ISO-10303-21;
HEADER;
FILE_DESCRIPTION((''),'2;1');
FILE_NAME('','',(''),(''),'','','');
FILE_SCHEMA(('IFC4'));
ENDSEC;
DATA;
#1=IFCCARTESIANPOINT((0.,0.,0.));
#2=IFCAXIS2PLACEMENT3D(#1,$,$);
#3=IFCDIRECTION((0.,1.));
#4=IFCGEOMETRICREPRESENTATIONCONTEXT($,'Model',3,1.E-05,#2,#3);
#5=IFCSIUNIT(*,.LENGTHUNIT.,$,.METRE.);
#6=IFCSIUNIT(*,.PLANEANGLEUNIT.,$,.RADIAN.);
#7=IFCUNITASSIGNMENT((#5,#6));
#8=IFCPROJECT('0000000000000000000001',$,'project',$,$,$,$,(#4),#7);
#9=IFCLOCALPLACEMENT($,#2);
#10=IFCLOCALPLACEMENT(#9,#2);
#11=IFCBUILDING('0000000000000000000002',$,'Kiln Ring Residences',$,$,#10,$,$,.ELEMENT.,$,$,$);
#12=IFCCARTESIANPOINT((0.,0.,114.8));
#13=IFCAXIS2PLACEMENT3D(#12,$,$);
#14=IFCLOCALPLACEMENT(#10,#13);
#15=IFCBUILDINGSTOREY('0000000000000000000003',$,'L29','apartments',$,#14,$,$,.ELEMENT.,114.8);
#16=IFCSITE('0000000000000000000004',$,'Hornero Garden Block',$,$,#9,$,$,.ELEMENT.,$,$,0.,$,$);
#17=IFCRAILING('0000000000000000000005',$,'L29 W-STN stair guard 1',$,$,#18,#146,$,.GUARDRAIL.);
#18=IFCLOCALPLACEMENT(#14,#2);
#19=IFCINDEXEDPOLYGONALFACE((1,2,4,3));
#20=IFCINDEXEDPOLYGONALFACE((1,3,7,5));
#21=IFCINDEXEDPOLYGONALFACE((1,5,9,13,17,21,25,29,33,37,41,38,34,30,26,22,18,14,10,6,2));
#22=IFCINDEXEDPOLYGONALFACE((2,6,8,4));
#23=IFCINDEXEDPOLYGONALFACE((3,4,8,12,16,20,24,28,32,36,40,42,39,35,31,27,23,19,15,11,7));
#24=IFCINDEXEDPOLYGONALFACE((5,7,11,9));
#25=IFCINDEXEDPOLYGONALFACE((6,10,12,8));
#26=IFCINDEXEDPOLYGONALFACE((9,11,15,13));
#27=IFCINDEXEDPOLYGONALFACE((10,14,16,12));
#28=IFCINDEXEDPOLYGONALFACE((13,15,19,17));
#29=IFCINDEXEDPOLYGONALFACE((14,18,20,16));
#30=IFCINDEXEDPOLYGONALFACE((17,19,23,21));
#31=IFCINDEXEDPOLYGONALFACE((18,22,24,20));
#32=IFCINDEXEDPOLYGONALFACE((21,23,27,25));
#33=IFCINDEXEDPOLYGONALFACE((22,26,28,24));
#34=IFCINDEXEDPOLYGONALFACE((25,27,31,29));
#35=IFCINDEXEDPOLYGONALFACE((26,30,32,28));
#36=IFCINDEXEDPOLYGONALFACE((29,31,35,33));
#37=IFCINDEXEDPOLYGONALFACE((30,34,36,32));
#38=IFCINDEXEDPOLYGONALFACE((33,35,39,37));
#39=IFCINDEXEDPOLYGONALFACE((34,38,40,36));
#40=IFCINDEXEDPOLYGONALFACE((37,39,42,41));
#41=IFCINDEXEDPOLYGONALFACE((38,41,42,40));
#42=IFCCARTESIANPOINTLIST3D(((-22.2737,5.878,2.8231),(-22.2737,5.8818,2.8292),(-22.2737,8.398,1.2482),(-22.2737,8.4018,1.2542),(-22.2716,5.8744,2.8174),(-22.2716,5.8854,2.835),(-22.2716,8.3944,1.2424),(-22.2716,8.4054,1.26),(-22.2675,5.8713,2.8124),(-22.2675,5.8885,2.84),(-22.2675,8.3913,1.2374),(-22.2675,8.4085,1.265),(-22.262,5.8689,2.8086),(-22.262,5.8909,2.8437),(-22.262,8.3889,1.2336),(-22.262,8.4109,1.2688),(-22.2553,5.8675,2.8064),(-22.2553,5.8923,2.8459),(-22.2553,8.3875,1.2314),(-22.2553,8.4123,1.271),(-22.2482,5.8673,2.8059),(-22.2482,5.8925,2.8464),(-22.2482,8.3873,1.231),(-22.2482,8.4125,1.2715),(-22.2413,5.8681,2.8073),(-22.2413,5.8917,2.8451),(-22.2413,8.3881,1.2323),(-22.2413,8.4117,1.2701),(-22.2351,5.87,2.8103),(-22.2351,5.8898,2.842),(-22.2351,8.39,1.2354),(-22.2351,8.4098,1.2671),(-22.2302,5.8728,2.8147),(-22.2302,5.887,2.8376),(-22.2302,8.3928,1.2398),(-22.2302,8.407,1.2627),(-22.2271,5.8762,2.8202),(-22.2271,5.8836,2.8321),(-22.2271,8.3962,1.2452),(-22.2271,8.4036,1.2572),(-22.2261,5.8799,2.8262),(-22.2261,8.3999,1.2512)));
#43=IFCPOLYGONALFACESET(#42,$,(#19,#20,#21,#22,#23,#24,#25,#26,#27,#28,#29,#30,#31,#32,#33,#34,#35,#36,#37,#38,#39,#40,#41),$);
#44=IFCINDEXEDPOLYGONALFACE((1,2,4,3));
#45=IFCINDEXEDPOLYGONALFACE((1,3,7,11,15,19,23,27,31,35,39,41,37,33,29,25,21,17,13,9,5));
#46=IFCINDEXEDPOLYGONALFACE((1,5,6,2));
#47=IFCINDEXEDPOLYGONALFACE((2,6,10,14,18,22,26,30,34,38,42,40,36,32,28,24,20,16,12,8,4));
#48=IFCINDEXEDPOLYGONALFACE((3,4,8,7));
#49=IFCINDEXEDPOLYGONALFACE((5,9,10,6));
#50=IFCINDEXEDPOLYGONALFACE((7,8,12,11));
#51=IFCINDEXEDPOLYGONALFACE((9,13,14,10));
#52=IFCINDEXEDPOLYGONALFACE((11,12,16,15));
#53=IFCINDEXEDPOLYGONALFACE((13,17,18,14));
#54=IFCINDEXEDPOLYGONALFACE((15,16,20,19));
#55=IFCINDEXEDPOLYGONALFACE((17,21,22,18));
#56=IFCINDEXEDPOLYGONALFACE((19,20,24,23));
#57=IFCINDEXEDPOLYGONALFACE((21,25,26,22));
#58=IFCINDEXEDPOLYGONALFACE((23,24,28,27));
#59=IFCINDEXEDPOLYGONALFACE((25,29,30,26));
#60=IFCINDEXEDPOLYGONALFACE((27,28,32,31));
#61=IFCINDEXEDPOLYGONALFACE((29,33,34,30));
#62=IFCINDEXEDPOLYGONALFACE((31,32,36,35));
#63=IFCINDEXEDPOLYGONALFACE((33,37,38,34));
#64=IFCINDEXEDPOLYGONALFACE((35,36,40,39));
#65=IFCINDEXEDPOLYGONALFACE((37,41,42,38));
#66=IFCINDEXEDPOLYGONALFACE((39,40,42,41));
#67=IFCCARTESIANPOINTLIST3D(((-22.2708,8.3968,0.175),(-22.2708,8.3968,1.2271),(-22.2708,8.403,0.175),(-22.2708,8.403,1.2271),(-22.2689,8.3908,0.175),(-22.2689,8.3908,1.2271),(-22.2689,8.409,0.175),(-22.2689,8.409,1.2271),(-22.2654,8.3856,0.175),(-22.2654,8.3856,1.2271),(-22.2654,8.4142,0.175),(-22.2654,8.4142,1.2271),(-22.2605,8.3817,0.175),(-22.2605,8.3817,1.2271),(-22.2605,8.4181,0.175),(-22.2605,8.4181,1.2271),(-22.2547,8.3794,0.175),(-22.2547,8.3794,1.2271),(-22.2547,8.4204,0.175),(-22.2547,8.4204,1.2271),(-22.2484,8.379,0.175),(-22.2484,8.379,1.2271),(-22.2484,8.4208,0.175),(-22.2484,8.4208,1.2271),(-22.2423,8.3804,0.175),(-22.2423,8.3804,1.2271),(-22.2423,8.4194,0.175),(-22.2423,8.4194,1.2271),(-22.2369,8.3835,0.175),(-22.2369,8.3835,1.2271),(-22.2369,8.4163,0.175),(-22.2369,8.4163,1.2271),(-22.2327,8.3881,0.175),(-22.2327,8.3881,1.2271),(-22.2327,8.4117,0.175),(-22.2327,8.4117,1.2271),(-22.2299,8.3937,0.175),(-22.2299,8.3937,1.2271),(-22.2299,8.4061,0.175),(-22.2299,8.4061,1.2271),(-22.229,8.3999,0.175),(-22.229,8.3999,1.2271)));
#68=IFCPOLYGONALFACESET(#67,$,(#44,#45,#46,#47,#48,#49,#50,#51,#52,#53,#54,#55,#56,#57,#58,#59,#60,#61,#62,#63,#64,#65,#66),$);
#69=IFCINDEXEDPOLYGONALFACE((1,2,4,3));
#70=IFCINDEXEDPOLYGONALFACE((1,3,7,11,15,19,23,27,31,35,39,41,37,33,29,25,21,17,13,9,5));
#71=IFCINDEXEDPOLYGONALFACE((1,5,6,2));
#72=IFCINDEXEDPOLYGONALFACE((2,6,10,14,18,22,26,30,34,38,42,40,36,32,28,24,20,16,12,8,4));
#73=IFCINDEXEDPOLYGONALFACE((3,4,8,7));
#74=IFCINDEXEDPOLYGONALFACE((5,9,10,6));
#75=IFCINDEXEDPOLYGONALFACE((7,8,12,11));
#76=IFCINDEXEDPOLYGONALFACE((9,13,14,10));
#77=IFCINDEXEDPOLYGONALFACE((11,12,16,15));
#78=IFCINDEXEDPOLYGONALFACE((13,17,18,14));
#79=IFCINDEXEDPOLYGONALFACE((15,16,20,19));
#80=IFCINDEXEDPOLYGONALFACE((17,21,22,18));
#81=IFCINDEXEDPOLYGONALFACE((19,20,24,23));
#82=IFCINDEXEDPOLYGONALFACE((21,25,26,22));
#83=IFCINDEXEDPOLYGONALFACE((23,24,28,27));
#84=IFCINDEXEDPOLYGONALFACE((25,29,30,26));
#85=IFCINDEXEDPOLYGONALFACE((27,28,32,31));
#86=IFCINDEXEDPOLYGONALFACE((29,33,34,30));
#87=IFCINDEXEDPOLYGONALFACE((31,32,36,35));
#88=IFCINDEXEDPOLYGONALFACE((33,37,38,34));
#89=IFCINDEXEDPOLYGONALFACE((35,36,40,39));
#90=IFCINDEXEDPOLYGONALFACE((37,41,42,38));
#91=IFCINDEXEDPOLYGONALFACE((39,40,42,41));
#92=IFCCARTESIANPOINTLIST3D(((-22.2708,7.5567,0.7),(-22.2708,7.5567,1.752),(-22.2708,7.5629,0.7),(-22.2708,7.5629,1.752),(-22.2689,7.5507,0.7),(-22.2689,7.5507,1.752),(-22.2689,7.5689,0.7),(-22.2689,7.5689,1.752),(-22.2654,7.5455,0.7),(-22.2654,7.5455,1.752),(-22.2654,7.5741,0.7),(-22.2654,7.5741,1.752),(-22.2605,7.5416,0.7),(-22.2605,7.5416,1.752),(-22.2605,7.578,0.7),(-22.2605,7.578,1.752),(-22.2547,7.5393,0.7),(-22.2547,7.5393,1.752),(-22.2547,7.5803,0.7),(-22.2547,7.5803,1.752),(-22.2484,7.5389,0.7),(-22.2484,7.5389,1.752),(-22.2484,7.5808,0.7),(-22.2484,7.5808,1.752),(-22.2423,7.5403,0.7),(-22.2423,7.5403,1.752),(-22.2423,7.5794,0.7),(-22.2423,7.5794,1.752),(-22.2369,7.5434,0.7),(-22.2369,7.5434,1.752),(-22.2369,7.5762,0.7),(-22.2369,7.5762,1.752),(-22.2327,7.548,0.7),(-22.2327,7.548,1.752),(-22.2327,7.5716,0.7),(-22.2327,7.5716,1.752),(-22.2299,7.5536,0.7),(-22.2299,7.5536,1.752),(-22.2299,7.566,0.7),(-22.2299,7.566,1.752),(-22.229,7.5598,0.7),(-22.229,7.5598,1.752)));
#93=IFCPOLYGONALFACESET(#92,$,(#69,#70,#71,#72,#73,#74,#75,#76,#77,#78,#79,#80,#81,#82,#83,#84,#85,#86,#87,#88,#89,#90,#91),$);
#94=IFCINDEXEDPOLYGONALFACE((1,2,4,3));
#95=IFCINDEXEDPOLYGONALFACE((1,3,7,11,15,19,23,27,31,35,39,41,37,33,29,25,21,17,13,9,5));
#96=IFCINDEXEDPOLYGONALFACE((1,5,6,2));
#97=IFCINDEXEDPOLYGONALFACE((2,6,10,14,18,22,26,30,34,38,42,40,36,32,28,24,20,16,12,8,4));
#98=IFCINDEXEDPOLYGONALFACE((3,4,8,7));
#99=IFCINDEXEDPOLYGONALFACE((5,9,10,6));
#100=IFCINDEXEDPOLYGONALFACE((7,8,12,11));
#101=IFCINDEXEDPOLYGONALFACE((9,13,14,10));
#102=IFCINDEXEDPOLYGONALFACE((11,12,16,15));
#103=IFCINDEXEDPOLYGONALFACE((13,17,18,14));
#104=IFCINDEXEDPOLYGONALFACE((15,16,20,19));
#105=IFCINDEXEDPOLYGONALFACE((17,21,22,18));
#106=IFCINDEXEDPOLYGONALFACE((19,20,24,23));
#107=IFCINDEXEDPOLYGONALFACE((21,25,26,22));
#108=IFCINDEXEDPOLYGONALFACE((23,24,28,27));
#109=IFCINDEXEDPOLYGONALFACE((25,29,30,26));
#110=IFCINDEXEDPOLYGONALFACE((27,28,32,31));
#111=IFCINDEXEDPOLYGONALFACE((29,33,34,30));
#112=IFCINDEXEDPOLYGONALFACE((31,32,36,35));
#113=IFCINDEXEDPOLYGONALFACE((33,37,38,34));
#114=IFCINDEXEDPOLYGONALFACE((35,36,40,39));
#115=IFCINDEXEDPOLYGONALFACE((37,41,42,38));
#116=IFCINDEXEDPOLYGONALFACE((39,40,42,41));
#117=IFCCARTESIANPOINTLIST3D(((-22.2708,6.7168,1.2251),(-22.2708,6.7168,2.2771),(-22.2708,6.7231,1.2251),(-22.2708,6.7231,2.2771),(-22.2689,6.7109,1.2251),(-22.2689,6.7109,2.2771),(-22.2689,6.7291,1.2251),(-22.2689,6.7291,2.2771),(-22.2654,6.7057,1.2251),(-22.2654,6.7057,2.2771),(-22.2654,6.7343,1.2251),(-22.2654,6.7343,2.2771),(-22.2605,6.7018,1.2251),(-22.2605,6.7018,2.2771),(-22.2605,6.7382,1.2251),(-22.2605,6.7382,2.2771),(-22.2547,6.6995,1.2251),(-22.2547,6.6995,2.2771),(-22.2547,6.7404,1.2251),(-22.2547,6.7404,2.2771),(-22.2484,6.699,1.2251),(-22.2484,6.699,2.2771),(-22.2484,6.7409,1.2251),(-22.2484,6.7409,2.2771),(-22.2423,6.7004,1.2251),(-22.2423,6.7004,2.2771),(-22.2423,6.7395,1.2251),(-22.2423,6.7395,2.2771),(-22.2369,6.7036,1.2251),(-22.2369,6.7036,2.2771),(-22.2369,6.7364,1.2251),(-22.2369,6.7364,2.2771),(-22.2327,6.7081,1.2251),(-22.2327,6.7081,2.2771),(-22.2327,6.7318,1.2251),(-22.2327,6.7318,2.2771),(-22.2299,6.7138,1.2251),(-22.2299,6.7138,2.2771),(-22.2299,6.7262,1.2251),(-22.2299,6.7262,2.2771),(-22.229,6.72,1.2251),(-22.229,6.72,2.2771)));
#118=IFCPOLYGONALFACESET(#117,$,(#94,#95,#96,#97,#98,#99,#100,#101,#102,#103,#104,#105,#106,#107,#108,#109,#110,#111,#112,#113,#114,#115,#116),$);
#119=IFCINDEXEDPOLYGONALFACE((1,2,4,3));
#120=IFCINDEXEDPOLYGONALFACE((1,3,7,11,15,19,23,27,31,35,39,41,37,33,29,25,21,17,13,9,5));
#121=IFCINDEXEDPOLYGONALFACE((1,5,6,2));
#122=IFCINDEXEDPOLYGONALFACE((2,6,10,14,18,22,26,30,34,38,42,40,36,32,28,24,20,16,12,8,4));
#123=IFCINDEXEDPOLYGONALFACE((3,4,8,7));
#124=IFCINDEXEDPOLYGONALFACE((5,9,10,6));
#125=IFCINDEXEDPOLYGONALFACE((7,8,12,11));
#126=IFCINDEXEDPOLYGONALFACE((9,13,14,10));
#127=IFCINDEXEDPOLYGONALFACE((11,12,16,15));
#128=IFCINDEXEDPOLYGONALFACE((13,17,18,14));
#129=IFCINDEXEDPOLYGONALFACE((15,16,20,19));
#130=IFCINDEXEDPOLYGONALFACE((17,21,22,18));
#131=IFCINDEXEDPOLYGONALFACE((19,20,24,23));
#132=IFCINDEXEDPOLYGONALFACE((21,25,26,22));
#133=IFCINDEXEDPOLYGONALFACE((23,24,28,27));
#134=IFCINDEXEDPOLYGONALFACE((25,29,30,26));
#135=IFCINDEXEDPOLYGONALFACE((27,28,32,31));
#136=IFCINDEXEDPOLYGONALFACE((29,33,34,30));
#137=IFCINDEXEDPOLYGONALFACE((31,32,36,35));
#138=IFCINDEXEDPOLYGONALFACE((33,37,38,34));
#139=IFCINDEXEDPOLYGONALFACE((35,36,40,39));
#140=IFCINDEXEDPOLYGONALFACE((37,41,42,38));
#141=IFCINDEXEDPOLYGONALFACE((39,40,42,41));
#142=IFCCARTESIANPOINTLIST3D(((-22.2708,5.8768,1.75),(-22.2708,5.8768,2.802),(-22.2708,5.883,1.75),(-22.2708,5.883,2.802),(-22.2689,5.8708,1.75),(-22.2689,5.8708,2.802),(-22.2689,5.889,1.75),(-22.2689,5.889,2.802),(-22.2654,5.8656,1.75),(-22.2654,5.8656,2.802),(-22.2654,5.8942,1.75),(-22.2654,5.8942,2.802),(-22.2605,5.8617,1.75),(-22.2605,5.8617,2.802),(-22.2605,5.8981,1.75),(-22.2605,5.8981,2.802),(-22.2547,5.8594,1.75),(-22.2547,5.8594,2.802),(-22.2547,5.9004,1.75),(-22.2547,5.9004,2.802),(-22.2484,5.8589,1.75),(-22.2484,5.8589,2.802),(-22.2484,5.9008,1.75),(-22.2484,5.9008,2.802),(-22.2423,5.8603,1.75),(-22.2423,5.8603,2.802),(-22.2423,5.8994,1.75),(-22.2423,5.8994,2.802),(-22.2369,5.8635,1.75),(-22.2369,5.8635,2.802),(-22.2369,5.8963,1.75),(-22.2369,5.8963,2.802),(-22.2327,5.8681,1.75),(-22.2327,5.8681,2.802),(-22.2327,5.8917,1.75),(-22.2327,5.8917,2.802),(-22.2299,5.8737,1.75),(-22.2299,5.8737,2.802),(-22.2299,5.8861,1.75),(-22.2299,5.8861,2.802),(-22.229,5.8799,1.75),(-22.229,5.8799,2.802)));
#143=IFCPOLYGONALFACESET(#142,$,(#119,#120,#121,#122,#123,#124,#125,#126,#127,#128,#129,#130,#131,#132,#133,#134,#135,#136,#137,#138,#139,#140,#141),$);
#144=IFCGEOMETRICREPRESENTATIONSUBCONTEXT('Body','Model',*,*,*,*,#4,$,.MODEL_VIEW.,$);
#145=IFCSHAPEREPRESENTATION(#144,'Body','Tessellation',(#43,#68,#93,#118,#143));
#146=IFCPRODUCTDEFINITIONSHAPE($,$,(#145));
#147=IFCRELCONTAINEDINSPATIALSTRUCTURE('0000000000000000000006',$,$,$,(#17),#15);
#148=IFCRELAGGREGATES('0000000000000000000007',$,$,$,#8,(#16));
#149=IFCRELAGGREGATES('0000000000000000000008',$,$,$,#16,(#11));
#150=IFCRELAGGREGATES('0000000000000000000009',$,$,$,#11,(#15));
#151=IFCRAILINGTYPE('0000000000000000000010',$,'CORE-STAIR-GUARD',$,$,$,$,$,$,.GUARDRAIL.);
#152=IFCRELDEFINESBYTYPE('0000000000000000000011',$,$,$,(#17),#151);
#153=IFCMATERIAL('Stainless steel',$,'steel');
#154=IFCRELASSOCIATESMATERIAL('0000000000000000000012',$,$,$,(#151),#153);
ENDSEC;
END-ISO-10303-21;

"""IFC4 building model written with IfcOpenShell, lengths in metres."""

from ifc_helpers import new_model, si_unit, direction, frame, origin, origin_2d, place, context, subcontext, project, spatial, circle, extrude, material, type_object, element, save


model = new_model("IFC4")

# Units and contexts
model_context = context("Model", 3, precision=1e-05, world=origin(), true_north=direction((0.0, 1.0)))
body_context = subcontext(model_context, "Body", "Model", "MODEL_VIEW")
ifc_project = project(units=[si_unit("LENGTHUNIT", "METRE"), si_unit("PLANEANGLEUNIT", "RADIAN")], contexts=[model_context])

# Site, building, storey
site_placement = place(None, origin())
site = spatial("IfcSite", under=ifc_project, at=site_placement, Name="Hornero Garden Block", CompositionType="ELEMENT", RefElevation=0.0)
building_placement = place(site_placement, origin())
building = spatial("IfcBuilding", under=site, at=building_placement, Name="Kiln Ring Residences", CompositionType="ELEMENT")
storey_placement = place(building_placement, frame((0.0, 0.0, 114.8)))
storey = spatial("IfcBuildingStorey", under=building, at=storey_placement, Name="L29", Description="apartments", CompositionType="ELEMENT", Elevation=114.8)

# Railing
ifc_material_1 = material(Name="Stainless steel", Category="steel")
railing_type_1 = type_object("IfcRailingType", Name="CORE-STAIR-GUARD", PredefinedType="GUARDRAIL", material=ifc_material_1)
railing_1_placement = place(storey_placement, frame((-22.25, 8.3999, 0.175)))
element("IfcRailing", 1, at=railing_1_placement, inside=storey, type_object=railing_type_1, Name="L29 W-STN stair guard 1", PredefinedType="GUARDRAIL", context=body_context, shape_type="SweptSolid", body=[
    extrude(circle(Radius=0.0239, at=origin_2d()), frame((0.0, 0.0, 1.0762), z_axis=(0.0, -0.848008, 0.529984), x_axis=(1.0, 0.0, 0.0)), (0.0, 0.0, 1.0), 2.9717),
    extrude(circle(Radius=0.021, at=origin_2d()), origin(), (0.0, 0.0, 1.0), 1.052),
    extrude(circle(Radius=0.021, at=origin_2d()), frame((0.0, -0.8401, 0.5249)), (0.0, 0.0, 1.0), 1.052),
    extrude(circle(Radius=0.021, at=origin_2d()), frame((0.0, -1.6799, 1.05)), (0.0, 0.0, 1.0), 1.052),
    extrude(circle(Radius=0.021, at=origin_2d()), frame((0.0, -2.52, 1.575)), (0.0, 0.0, 1.0), 1.052),
])

save(model, "model.ifc")
